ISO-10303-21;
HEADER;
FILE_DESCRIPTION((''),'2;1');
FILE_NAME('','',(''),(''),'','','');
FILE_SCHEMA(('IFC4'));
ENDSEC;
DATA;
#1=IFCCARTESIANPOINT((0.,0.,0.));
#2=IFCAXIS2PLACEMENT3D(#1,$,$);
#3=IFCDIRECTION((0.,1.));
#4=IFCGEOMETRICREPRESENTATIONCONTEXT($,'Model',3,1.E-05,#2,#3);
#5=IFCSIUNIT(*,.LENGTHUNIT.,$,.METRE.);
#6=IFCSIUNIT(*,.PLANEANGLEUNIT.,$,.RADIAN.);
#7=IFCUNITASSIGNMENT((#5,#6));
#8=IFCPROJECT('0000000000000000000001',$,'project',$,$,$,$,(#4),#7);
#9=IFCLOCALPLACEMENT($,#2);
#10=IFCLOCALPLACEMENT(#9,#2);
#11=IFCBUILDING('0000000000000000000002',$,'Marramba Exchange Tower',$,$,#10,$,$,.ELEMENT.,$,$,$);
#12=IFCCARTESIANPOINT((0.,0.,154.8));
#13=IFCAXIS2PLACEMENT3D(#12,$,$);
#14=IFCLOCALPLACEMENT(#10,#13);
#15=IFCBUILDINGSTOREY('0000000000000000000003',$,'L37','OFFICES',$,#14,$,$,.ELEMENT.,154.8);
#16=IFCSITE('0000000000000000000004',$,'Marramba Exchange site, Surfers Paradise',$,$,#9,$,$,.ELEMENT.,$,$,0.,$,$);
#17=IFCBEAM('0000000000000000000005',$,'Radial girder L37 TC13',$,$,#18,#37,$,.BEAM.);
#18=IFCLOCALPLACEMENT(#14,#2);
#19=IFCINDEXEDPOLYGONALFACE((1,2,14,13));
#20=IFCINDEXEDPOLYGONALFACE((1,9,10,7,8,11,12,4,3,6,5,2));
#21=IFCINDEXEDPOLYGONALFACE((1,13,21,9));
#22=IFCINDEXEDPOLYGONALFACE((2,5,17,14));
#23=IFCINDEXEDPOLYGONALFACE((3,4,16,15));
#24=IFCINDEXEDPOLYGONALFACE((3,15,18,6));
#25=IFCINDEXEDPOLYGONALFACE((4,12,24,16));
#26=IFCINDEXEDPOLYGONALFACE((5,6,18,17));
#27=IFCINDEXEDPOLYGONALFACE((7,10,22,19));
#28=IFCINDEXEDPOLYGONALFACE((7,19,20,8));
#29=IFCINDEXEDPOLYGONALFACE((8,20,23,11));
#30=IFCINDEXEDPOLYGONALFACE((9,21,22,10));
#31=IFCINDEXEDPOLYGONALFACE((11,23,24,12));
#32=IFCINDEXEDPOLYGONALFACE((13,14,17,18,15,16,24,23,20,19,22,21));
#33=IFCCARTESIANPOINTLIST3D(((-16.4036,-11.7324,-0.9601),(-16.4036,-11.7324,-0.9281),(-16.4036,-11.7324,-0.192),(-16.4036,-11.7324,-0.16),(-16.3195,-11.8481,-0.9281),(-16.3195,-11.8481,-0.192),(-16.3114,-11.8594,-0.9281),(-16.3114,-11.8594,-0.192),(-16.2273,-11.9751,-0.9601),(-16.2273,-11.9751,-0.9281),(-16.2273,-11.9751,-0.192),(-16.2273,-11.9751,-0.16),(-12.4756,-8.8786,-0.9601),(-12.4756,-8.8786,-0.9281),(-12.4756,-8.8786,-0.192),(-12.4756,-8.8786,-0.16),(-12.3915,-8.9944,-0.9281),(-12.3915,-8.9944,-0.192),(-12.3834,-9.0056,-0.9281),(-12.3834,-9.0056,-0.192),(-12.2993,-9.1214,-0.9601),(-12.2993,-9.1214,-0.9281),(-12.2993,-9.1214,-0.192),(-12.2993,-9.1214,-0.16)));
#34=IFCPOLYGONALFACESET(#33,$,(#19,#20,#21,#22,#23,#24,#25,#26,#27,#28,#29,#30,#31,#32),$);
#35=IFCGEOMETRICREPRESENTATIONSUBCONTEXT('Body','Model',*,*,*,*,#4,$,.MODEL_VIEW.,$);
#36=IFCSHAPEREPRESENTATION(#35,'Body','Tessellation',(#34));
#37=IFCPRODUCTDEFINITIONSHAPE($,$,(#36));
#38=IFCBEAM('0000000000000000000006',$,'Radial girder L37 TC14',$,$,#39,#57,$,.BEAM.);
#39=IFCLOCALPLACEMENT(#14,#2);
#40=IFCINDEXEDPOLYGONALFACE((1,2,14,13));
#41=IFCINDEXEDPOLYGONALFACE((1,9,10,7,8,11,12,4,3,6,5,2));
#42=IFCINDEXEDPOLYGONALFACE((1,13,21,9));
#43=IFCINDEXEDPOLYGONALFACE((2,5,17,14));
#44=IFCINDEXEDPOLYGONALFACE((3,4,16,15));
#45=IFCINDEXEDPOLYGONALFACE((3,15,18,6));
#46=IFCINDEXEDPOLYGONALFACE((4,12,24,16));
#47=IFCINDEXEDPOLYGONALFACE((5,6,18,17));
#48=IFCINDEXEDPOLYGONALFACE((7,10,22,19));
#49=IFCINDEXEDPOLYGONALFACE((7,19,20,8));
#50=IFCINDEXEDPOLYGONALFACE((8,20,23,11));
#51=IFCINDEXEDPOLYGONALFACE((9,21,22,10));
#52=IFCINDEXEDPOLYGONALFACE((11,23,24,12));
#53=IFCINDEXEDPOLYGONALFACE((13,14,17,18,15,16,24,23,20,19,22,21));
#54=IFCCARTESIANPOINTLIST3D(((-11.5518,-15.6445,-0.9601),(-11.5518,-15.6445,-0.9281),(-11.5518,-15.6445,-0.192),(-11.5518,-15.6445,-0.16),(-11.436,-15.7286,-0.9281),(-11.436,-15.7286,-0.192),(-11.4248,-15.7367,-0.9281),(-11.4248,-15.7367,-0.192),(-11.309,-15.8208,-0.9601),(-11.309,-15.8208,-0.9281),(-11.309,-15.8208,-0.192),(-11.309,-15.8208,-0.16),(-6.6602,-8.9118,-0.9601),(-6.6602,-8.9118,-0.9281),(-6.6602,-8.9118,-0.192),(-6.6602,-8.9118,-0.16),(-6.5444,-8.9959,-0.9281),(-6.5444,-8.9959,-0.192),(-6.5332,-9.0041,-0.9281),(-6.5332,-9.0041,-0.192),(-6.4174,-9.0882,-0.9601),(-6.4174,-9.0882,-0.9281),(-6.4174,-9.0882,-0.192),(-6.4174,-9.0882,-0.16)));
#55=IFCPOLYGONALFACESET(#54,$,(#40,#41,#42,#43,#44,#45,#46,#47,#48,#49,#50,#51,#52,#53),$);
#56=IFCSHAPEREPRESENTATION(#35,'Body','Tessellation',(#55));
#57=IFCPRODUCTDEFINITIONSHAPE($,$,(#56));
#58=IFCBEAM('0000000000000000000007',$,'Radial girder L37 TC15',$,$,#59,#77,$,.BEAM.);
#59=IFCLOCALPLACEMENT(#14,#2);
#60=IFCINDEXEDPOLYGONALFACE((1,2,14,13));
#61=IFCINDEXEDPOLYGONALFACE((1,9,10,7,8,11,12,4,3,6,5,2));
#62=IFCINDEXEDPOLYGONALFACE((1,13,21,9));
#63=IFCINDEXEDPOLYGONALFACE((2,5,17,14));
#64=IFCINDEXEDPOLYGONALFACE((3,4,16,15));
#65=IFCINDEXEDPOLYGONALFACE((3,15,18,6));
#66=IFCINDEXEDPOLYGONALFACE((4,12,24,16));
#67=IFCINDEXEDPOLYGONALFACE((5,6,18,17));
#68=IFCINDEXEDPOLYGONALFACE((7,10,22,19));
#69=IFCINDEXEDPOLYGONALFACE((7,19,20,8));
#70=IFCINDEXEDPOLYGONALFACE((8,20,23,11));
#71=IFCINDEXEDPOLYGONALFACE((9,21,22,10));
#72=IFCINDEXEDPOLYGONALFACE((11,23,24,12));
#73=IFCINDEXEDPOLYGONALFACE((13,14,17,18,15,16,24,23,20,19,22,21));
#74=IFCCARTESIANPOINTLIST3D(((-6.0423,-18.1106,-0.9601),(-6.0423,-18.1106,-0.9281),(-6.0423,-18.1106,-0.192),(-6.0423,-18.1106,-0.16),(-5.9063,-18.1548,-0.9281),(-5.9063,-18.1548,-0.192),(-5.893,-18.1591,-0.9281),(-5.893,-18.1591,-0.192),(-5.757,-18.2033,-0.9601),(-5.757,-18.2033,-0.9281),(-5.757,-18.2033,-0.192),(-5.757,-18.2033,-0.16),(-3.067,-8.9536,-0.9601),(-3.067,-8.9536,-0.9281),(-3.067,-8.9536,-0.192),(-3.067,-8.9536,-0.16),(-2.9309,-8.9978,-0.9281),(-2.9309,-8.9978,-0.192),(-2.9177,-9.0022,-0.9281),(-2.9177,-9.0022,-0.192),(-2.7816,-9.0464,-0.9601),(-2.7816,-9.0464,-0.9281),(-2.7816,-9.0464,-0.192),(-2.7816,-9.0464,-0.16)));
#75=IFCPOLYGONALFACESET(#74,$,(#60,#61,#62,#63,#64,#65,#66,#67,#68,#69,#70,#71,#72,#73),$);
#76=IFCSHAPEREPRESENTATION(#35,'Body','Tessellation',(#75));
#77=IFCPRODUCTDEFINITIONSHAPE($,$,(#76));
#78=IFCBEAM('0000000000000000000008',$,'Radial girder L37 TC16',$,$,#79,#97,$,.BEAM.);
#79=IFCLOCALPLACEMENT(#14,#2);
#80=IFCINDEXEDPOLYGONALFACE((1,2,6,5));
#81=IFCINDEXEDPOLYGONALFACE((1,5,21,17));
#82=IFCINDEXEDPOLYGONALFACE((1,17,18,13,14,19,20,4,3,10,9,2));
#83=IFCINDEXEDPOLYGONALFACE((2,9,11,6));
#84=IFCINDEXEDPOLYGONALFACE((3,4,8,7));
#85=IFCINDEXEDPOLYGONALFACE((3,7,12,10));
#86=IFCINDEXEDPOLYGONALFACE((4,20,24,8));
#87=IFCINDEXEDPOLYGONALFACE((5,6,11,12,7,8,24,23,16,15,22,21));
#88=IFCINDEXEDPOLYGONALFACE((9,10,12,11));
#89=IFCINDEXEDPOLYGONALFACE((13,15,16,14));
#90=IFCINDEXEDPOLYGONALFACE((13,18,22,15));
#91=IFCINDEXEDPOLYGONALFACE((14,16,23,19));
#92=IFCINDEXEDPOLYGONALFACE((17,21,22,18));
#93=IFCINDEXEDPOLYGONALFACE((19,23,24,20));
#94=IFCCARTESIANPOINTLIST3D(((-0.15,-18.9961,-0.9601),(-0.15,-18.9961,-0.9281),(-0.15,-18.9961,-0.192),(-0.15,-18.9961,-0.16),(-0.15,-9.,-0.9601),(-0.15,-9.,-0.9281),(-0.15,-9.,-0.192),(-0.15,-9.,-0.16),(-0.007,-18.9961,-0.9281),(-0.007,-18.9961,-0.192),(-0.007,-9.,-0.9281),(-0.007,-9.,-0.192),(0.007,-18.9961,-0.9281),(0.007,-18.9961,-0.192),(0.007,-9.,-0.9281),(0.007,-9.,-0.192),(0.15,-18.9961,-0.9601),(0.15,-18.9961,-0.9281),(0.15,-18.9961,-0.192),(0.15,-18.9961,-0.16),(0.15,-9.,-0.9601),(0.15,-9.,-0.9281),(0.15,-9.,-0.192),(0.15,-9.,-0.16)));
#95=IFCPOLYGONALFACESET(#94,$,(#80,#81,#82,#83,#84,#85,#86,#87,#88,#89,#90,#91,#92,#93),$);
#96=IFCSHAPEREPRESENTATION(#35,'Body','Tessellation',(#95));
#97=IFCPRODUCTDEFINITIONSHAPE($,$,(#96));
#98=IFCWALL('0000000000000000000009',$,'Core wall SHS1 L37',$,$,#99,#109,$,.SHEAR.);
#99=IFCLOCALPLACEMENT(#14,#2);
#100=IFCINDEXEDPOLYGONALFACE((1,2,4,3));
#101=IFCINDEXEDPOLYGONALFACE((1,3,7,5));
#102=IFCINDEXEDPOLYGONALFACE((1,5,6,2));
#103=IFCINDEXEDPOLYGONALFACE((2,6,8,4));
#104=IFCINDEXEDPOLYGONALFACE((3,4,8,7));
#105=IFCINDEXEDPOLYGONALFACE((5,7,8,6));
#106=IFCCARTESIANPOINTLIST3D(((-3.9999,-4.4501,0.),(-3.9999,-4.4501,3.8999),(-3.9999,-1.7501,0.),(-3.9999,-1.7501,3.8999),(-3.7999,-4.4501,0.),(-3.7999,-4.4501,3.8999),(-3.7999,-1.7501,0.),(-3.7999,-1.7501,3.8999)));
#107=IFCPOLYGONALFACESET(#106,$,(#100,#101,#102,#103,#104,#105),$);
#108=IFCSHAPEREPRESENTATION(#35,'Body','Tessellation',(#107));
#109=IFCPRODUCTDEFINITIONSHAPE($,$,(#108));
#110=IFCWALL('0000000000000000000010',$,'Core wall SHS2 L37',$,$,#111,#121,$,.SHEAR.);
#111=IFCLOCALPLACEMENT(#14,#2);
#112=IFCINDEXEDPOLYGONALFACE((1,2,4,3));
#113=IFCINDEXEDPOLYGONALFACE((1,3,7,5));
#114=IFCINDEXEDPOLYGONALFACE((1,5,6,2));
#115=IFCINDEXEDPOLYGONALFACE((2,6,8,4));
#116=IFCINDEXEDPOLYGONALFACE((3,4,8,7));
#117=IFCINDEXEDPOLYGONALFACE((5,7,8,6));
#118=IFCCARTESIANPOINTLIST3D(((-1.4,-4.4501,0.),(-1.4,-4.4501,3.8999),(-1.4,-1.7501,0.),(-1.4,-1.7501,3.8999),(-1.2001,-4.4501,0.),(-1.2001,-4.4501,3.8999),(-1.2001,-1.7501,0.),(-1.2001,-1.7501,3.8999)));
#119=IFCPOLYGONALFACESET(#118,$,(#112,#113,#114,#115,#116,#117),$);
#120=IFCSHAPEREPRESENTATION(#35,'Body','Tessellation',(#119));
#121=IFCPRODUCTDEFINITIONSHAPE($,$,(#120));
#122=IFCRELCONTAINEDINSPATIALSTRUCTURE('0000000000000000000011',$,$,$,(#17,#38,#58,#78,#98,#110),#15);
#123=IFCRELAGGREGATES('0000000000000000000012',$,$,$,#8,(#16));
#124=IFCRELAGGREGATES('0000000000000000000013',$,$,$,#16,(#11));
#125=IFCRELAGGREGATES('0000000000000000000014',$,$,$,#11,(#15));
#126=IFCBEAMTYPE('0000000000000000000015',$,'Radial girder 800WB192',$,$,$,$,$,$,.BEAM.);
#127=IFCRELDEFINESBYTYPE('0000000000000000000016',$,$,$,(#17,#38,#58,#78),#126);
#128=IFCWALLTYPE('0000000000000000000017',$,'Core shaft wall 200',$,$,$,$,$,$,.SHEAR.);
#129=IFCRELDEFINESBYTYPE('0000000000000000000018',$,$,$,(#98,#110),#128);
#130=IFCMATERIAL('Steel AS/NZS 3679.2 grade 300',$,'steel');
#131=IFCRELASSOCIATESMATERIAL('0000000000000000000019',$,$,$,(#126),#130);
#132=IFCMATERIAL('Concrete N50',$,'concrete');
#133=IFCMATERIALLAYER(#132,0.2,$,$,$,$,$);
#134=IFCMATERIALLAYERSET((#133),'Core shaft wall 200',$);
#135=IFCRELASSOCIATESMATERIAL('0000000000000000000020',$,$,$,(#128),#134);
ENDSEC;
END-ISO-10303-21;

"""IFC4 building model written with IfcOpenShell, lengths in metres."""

from ifc_helpers import new_model, si_unit, direction, frame, frame_2d, origin, origin_2d, place, context, subcontext, project, spatial, rectangle, i_section, extrude, material, layer, layer_set, material_profile, profile_set, type_object, element, save


model = new_model("IFC4")

# Units and contexts
model_context = context("Model", 3, precision=1e-05, world=origin(), true_north=direction((0.0, 1.0)))
body_context = subcontext(model_context, "Body", "Model", "MODEL_VIEW")
ifc_project = project(units=[si_unit("LENGTHUNIT", "METRE"), si_unit("PLANEANGLEUNIT", "RADIAN")], contexts=[model_context])

# Site, building, storey
site_placement = place(None, origin())
site = spatial("IfcSite", under=ifc_project, at=site_placement, Name="Marramba Exchange site, Surfers Paradise", CompositionType="ELEMENT", RefElevation=0.0)
building_placement = place(site_placement, origin())
building = spatial("IfcBuilding", under=site, at=building_placement, Name="Marramba Exchange Tower", CompositionType="ELEMENT")
storey_placement = place(building_placement, frame((0.0, 0.0, 154.8)))
storey = spatial("IfcBuildingStorey", under=building, at=storey_placement, Name="L37", Description="OFFICES", CompositionType="ELEMENT", Elevation=154.8)

# Beams
ifc_material_1 = material(Name="Steel AS/NZS 3679.2 grade 300", Category="steel")
ifc_material_profile = material_profile(ifc_material_1, i_section(OverallWidth=0.3, OverallDepth=0.8, WebThickness=0.0139, FlangeThickness=0.032, at=origin_2d()), Name="800WB192")
ifc_profile_set = profile_set([ifc_material_profile], Name="Steel AS/NZS 3679.2 grade 300")
beam_type = type_object("IfcBeamType", Name="Radial girder 800WB192", PredefinedType="BEAM", material=ifc_profile_set)
beam_1_placement = place(storey_placement, frame((-12.3875, -9.0, -0.5601), z_axis=(-0.809025, -0.587774, 0.0), x_axis=(0.587774, -0.809025, 0.0)))
element("IfcBeam", 1, at=beam_1_placement, inside=storey, type_object=beam_type, Name="Radial girder L37 TC13", PredefinedType="BEAM", context=body_context, shape_type="SweptSolid", body=[
    extrude(i_section(OverallWidth=0.3, OverallDepth=0.8, WebThickness=0.0139, FlangeThickness=0.032, at=origin_2d()), origin(), (0.0, 0.0, 1.0), 4.8552),
])
beam_2_placement = place(storey_placement, frame((-6.5388, -9.0, -0.5601), z_axis=(-0.587788, -0.809015, 0.0), x_axis=(0.809015, -0.587788, 0.0)))
element("IfcBeam", 2, at=beam_2_placement, inside=storey, type_object=beam_type, Name="Radial girder L37 TC14", PredefinedType="BEAM", context=body_context, shape_type="SweptSolid", body=[
    extrude(i_section(OverallWidth=0.3, OverallDepth=0.8, WebThickness=0.0139, FlangeThickness=0.032, at=origin_2d()), origin(), (0.0, 0.0, 1.0), 8.322),
])
beam_3_placement = place(storey_placement, frame((-2.9243, -9.0, -0.5601), z_axis=(-0.309022, -0.951055, 0.0), x_axis=(0.951055, -0.309022, 0.0)))
element("IfcBeam", 3, at=beam_3_placement, inside=storey, type_object=beam_type, Name="Radial girder L37 TC15", PredefinedType="BEAM", context=body_context, shape_type="SweptSolid", body=[
    extrude(i_section(OverallWidth=0.3, OverallDepth=0.8, WebThickness=0.0139, FlangeThickness=0.032, at=origin_2d()), origin(), (0.0, 0.0, 1.0), 9.6282),
])
beam_4_placement = place(storey_placement, frame((0.0, -9.0, -0.5601), z_axis=(0.0, -1.0, 0.0), x_axis=(1.0, 0.0, 0.0)))
element("IfcBeam", 4, at=beam_4_placement, inside=storey, type_object=beam_type, Name="Radial girder L37 TC16", PredefinedType="BEAM", context=body_context, shape_type="SweptSolid", body=[
    extrude(i_section(OverallWidth=0.3, OverallDepth=0.8, WebThickness=0.0139, FlangeThickness=0.032, at=origin_2d()), origin(), (0.0, 0.0, 1.0), 9.9961),
])

# Walls
ifc_material_2 = material(Name="Concrete N50", Category="concrete")
ifc_layer_1 = layer(ifc_material_2, 0.2)
ifc_layer_set_1 = layer_set([ifc_layer_1], Name="Core shaft wall 200")
wall_type_1 = type_object("IfcWallType", Name="Core shaft wall 200", PredefinedType="SHEAR", material=ifc_layer_set_1)
for number, where, z_axis, x_axis, name in (
    (5, (-3.8999, -1.75, 0.0), (0.0, 0.0, 1.0), (0.0, -1.0, 0.0), "Core wall SHS1 L37"),
    (6, (-1.3, -1.75, 0.0), (0.0, 0.0, 1.0), (0.0, -1.0, 0.0), "Core wall SHS2 L37"),
):
    element("IfcWall", number, at=place(storey_placement, frame(where, z_axis=z_axis, x_axis=x_axis)), inside=storey, type_object=wall_type_1, Name=name, PredefinedType="SHEAR", context=body_context, shape_type="SweptSolid", body=[
        extrude(rectangle(XDim=2.7, YDim=0.2, at=frame_2d((1.3501, 0.0))), origin(), (0.0, 0.0, 1.0), 3.8999),
    ])

save(model, "model.ifc")
